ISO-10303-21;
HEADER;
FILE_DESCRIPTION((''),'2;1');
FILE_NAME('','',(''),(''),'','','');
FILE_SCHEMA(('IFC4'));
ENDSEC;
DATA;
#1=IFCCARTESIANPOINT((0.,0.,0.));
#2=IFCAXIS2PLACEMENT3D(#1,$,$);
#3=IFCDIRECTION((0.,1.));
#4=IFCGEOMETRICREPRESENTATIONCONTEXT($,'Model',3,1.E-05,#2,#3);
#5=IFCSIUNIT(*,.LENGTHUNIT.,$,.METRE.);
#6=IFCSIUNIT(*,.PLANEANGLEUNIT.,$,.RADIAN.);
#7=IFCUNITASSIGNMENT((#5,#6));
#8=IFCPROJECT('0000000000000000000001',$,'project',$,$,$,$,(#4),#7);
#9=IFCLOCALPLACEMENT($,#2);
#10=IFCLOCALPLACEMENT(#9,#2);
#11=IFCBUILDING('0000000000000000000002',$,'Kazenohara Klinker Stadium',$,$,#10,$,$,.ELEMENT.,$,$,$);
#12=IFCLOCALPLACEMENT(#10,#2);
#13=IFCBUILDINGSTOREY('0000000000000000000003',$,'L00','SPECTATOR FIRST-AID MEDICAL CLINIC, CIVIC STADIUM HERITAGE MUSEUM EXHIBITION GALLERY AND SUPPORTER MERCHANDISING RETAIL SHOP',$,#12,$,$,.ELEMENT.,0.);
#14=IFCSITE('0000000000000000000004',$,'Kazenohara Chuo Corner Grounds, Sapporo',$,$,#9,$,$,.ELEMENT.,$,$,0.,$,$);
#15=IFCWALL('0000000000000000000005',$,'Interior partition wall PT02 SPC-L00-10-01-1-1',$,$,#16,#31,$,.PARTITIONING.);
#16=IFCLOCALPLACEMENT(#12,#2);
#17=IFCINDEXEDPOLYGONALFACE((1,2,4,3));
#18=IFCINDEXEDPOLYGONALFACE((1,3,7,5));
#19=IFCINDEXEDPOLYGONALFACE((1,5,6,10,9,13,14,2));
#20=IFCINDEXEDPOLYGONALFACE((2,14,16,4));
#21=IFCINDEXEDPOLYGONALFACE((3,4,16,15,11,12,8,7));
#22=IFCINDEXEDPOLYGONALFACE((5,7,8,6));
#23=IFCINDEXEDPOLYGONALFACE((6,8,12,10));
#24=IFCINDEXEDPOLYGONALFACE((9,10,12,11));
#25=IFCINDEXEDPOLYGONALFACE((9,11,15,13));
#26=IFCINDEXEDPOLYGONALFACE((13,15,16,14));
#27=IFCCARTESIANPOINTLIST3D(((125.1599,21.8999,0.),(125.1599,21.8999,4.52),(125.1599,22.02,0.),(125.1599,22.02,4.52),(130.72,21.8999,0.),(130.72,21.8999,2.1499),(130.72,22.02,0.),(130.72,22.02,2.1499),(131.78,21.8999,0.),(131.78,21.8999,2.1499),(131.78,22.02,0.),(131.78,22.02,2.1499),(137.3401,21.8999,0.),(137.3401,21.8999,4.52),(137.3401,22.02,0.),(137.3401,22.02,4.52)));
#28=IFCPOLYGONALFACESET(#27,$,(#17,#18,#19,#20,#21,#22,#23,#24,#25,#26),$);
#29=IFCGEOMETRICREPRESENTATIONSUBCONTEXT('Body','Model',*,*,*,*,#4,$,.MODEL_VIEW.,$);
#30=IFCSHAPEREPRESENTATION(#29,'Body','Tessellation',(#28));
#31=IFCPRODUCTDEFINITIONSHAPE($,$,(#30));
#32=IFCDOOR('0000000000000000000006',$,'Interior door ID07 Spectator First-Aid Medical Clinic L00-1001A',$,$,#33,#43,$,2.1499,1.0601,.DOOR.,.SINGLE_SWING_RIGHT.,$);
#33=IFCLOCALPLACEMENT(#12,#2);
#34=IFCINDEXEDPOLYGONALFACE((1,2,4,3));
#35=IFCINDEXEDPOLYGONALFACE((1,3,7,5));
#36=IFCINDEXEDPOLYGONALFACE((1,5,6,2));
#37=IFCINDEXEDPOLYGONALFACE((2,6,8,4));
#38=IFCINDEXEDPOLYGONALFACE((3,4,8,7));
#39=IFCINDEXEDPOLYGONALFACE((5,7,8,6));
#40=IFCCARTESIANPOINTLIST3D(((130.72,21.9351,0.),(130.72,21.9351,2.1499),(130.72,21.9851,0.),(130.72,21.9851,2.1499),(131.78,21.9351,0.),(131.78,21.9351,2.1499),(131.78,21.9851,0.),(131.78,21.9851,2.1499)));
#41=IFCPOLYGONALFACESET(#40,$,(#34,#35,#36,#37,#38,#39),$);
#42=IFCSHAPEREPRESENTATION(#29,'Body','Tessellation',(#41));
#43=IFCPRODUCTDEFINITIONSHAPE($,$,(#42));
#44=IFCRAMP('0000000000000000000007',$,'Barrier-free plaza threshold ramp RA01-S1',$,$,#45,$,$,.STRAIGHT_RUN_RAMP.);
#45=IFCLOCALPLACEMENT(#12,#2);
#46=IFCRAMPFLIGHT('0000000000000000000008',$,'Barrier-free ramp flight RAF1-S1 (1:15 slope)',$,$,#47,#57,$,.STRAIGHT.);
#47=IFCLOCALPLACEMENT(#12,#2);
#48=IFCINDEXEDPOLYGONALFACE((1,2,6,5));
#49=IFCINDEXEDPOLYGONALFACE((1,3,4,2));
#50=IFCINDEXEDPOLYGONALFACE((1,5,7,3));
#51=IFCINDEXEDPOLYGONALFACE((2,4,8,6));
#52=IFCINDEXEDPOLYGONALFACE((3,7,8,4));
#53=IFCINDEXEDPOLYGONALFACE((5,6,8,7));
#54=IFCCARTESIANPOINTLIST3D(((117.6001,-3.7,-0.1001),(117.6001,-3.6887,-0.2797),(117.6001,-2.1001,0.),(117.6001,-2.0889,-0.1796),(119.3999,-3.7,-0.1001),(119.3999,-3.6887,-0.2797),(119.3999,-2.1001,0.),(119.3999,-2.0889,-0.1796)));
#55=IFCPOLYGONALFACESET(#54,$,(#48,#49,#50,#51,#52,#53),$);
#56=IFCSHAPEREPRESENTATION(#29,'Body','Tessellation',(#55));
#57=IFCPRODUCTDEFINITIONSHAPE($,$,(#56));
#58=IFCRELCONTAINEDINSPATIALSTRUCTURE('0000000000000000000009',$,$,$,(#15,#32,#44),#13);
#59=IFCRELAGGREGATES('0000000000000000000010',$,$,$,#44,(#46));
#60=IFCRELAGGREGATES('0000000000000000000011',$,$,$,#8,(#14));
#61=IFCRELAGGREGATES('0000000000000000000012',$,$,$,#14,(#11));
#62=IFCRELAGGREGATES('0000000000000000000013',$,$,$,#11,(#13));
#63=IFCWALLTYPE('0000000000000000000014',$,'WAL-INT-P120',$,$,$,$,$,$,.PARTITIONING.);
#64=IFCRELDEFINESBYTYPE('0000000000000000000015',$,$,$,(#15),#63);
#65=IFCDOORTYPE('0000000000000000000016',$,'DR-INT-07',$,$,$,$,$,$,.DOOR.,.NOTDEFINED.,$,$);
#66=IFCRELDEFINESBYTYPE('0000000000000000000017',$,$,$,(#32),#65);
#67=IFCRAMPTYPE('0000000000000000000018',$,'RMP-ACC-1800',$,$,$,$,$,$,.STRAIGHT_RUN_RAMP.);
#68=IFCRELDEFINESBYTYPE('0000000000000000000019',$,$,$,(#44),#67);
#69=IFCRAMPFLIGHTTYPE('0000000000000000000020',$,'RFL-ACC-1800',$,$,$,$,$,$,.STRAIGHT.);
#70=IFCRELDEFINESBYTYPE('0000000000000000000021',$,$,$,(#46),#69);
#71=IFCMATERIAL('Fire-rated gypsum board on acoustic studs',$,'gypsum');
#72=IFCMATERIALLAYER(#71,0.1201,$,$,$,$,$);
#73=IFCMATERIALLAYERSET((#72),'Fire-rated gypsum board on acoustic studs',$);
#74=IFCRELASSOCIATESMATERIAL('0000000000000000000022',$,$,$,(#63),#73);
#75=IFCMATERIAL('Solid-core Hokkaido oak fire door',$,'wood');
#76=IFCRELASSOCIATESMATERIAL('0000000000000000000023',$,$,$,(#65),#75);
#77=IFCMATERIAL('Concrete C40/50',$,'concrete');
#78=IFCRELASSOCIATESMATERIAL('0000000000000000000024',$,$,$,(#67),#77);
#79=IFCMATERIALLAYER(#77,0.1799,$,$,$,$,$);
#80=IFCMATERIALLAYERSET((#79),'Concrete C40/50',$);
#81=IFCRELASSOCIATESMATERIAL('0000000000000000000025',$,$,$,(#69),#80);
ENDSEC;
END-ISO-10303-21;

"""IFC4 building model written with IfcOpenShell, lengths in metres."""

from ifc_helpers import new_model, si_unit, direction, frame, frame_2d, origin, place, context, subcontext, project, spatial, polyline, rectangle, outline, extrude, material, layer, layer_set, type_object, element, fill, aggregate, save


model = new_model("IFC4")

# Units and contexts
model_context = context("Model", 3, precision=1e-05, world=origin(), true_north=direction((0.0, 1.0)))
body_context = subcontext(model_context, "Body", "Model", "MODEL_VIEW")
ifc_project = project(units=[si_unit("LENGTHUNIT", "METRE"), si_unit("PLANEANGLEUNIT", "RADIAN")], contexts=[model_context])

# Site, building, storey
site_placement = place(None, origin())
site = spatial("IfcSite", under=ifc_project, at=site_placement, Name="Kazenohara Chuo Corner Grounds, Sapporo", CompositionType="ELEMENT", RefElevation=0.0)
building_placement = place(site_placement, origin())
building = spatial("IfcBuilding", under=site, at=building_placement, Name="Kazenohara Klinker Stadium", CompositionType="ELEMENT")
storey_placement = place(building_placement, origin())
storey = spatial("IfcBuildingStorey", under=building, at=storey_placement, Name="L00", Description="SPECTATOR FIRST-AID MEDICAL CLINIC, CIVIC STADIUM HERITAGE MUSEUM EXHIBITION GALLERY AND SUPPORTER MERCHANDISING RETAIL SHOP", CompositionType="ELEMENT", Elevation=0.0)

# Shared definitions
ifc_material_1 = material(Name="Concrete C40/50", Category="concrete")

# Shared definitions
ifc_material_2 = material(Name="Fire-rated gypsum board on acoustic studs", Category="gypsum")
ifc_material_3 = material(Name="Solid-core Hokkaido oak fire door", Category="wood")

# Shared definitions
ifc_layer_1 = layer(ifc_material_2, 0.1201)
ifc_layer_set_1 = layer_set([ifc_layer_1], Name="Fire-rated gypsum board on acoustic studs")
wall_type_1 = type_object("IfcWallType", Name="WAL-INT-P120", PredefinedType="PARTITIONING", material=ifc_layer_set_1)

# Wall, opening, door
wall_1_placement = place(storey_placement, frame((125.1599, 21.96, 0.0), z_axis=(0.0, 0.0, 1.0), x_axis=(1.0, 0.0, 0.0)))
wall_1 = element("IfcWall", 1, at=wall_1_placement, inside=storey, type_object=wall_type_1, Name="Interior partition wall PT02 SPC-L00-10-01-1-1", PredefinedType="PARTITIONING", context=body_context, shape_type="SweptSolid", body=[
    extrude(rectangle(XDim=12.1802, YDim=0.1201, at=frame_2d((6.0901, 0.0))), origin(), (0.0, 0.0, 1.0), 4.52),
])
opening_1_placement = place(wall_1_placement, frame((6.6201, 0.0, 0.0), z_axis=(0.0, 0.0, 1.0), x_axis=(-1.0, 0.0, 0.0)))
opening_1 = element("IfcOpeningElement", 2, at=opening_1_placement, cuts=wall_1, PredefinedType="OPENING", context=body_context, shape_type="SweptSolid", body=[
    extrude(rectangle(XDim=1.0601, YDim=2.1499, at=frame_2d((0.53, 1.075))), frame((0.0, 0.0701, 0.0), z_axis=(0.0, -1.0, 0.0), x_axis=(1.0, 0.0, 0.0)), (0.0, 0.0, 1.0), 0.1401),
])
door_type_1 = type_object("IfcDoorType", Name="DR-INT-07", OperationType="NOTDEFINED", PredefinedType="DOOR", material=ifc_material_3)
door_1_placement = place(opening_1_placement, origin())
door_1 = element("IfcDoor", 3, at=door_1_placement, inside=storey, type_object=door_type_1, Name="Interior door ID07 Spectator First-Aid Medical Clinic L00-1001A", OperationType="SINGLE_SWING_RIGHT", OverallHeight=2.1499, OverallWidth=1.0601, PredefinedType="DOOR", context=body_context, shape_type="SweptSolid", body=[
    extrude(rectangle(XDim=1.0601, YDim=2.1499, at=frame_2d((0.53, 1.075))), frame((0.0, 0.0249, 0.0), z_axis=(0.0, -1.0, 0.0), x_axis=(1.0, 0.0, 0.0)), (0.0, 0.0, 1.0), 0.05),
])
fill(opening_1, door_1)

# Ramp, ramp flight
ramp_type = type_object("IfcRampType", Name="RMP-ACC-1800", PredefinedType="STRAIGHT_RUN_RAMP", material=ifc_material_1)
ramp_placement = place(storey_placement, origin())
ramp = element("IfcRamp", 4, at=ramp_placement, inside=storey, type_object=ramp_type, Name="Barrier-free plaza threshold ramp RA01-S1", PredefinedType="STRAIGHT_RUN_RAMP")
ifc_layer_2 = layer(ifc_material_1, 0.1799)
ifc_layer_set_2 = layer_set([ifc_layer_2], Name="Concrete C40/50")
ramp_flight_type = type_object("IfcRampFlightType", Name="RFL-ACC-1800", PredefinedType="STRAIGHT", material=ifc_layer_set_2)
ramp_flight_placement = place(storey_placement, frame((117.6001, -3.7, -0.1001), z_axis=(0.0, -0.062445, 0.998048), x_axis=(0.0, 0.998048, 0.062445)))
ramp_flight = element("IfcRampFlight", 5, at=ramp_flight_placement, type_object=ramp_flight_type, Name="Barrier-free ramp flight RAF1-S1 (1:15 slope)", PredefinedType="STRAIGHT", context=body_context, shape_type="SweptSolid", body=[
    extrude(outline(polyline([(0.0, 0.0), (1.603, 0.0), (1.603, -1.7998), (0.0, -1.7998), (0.0, 0.0)])), origin(), (0.0, 0.0, -1.0), 0.1799),
])
aggregate(ramp, [ramp_flight])

save(model, "model.ifc")
